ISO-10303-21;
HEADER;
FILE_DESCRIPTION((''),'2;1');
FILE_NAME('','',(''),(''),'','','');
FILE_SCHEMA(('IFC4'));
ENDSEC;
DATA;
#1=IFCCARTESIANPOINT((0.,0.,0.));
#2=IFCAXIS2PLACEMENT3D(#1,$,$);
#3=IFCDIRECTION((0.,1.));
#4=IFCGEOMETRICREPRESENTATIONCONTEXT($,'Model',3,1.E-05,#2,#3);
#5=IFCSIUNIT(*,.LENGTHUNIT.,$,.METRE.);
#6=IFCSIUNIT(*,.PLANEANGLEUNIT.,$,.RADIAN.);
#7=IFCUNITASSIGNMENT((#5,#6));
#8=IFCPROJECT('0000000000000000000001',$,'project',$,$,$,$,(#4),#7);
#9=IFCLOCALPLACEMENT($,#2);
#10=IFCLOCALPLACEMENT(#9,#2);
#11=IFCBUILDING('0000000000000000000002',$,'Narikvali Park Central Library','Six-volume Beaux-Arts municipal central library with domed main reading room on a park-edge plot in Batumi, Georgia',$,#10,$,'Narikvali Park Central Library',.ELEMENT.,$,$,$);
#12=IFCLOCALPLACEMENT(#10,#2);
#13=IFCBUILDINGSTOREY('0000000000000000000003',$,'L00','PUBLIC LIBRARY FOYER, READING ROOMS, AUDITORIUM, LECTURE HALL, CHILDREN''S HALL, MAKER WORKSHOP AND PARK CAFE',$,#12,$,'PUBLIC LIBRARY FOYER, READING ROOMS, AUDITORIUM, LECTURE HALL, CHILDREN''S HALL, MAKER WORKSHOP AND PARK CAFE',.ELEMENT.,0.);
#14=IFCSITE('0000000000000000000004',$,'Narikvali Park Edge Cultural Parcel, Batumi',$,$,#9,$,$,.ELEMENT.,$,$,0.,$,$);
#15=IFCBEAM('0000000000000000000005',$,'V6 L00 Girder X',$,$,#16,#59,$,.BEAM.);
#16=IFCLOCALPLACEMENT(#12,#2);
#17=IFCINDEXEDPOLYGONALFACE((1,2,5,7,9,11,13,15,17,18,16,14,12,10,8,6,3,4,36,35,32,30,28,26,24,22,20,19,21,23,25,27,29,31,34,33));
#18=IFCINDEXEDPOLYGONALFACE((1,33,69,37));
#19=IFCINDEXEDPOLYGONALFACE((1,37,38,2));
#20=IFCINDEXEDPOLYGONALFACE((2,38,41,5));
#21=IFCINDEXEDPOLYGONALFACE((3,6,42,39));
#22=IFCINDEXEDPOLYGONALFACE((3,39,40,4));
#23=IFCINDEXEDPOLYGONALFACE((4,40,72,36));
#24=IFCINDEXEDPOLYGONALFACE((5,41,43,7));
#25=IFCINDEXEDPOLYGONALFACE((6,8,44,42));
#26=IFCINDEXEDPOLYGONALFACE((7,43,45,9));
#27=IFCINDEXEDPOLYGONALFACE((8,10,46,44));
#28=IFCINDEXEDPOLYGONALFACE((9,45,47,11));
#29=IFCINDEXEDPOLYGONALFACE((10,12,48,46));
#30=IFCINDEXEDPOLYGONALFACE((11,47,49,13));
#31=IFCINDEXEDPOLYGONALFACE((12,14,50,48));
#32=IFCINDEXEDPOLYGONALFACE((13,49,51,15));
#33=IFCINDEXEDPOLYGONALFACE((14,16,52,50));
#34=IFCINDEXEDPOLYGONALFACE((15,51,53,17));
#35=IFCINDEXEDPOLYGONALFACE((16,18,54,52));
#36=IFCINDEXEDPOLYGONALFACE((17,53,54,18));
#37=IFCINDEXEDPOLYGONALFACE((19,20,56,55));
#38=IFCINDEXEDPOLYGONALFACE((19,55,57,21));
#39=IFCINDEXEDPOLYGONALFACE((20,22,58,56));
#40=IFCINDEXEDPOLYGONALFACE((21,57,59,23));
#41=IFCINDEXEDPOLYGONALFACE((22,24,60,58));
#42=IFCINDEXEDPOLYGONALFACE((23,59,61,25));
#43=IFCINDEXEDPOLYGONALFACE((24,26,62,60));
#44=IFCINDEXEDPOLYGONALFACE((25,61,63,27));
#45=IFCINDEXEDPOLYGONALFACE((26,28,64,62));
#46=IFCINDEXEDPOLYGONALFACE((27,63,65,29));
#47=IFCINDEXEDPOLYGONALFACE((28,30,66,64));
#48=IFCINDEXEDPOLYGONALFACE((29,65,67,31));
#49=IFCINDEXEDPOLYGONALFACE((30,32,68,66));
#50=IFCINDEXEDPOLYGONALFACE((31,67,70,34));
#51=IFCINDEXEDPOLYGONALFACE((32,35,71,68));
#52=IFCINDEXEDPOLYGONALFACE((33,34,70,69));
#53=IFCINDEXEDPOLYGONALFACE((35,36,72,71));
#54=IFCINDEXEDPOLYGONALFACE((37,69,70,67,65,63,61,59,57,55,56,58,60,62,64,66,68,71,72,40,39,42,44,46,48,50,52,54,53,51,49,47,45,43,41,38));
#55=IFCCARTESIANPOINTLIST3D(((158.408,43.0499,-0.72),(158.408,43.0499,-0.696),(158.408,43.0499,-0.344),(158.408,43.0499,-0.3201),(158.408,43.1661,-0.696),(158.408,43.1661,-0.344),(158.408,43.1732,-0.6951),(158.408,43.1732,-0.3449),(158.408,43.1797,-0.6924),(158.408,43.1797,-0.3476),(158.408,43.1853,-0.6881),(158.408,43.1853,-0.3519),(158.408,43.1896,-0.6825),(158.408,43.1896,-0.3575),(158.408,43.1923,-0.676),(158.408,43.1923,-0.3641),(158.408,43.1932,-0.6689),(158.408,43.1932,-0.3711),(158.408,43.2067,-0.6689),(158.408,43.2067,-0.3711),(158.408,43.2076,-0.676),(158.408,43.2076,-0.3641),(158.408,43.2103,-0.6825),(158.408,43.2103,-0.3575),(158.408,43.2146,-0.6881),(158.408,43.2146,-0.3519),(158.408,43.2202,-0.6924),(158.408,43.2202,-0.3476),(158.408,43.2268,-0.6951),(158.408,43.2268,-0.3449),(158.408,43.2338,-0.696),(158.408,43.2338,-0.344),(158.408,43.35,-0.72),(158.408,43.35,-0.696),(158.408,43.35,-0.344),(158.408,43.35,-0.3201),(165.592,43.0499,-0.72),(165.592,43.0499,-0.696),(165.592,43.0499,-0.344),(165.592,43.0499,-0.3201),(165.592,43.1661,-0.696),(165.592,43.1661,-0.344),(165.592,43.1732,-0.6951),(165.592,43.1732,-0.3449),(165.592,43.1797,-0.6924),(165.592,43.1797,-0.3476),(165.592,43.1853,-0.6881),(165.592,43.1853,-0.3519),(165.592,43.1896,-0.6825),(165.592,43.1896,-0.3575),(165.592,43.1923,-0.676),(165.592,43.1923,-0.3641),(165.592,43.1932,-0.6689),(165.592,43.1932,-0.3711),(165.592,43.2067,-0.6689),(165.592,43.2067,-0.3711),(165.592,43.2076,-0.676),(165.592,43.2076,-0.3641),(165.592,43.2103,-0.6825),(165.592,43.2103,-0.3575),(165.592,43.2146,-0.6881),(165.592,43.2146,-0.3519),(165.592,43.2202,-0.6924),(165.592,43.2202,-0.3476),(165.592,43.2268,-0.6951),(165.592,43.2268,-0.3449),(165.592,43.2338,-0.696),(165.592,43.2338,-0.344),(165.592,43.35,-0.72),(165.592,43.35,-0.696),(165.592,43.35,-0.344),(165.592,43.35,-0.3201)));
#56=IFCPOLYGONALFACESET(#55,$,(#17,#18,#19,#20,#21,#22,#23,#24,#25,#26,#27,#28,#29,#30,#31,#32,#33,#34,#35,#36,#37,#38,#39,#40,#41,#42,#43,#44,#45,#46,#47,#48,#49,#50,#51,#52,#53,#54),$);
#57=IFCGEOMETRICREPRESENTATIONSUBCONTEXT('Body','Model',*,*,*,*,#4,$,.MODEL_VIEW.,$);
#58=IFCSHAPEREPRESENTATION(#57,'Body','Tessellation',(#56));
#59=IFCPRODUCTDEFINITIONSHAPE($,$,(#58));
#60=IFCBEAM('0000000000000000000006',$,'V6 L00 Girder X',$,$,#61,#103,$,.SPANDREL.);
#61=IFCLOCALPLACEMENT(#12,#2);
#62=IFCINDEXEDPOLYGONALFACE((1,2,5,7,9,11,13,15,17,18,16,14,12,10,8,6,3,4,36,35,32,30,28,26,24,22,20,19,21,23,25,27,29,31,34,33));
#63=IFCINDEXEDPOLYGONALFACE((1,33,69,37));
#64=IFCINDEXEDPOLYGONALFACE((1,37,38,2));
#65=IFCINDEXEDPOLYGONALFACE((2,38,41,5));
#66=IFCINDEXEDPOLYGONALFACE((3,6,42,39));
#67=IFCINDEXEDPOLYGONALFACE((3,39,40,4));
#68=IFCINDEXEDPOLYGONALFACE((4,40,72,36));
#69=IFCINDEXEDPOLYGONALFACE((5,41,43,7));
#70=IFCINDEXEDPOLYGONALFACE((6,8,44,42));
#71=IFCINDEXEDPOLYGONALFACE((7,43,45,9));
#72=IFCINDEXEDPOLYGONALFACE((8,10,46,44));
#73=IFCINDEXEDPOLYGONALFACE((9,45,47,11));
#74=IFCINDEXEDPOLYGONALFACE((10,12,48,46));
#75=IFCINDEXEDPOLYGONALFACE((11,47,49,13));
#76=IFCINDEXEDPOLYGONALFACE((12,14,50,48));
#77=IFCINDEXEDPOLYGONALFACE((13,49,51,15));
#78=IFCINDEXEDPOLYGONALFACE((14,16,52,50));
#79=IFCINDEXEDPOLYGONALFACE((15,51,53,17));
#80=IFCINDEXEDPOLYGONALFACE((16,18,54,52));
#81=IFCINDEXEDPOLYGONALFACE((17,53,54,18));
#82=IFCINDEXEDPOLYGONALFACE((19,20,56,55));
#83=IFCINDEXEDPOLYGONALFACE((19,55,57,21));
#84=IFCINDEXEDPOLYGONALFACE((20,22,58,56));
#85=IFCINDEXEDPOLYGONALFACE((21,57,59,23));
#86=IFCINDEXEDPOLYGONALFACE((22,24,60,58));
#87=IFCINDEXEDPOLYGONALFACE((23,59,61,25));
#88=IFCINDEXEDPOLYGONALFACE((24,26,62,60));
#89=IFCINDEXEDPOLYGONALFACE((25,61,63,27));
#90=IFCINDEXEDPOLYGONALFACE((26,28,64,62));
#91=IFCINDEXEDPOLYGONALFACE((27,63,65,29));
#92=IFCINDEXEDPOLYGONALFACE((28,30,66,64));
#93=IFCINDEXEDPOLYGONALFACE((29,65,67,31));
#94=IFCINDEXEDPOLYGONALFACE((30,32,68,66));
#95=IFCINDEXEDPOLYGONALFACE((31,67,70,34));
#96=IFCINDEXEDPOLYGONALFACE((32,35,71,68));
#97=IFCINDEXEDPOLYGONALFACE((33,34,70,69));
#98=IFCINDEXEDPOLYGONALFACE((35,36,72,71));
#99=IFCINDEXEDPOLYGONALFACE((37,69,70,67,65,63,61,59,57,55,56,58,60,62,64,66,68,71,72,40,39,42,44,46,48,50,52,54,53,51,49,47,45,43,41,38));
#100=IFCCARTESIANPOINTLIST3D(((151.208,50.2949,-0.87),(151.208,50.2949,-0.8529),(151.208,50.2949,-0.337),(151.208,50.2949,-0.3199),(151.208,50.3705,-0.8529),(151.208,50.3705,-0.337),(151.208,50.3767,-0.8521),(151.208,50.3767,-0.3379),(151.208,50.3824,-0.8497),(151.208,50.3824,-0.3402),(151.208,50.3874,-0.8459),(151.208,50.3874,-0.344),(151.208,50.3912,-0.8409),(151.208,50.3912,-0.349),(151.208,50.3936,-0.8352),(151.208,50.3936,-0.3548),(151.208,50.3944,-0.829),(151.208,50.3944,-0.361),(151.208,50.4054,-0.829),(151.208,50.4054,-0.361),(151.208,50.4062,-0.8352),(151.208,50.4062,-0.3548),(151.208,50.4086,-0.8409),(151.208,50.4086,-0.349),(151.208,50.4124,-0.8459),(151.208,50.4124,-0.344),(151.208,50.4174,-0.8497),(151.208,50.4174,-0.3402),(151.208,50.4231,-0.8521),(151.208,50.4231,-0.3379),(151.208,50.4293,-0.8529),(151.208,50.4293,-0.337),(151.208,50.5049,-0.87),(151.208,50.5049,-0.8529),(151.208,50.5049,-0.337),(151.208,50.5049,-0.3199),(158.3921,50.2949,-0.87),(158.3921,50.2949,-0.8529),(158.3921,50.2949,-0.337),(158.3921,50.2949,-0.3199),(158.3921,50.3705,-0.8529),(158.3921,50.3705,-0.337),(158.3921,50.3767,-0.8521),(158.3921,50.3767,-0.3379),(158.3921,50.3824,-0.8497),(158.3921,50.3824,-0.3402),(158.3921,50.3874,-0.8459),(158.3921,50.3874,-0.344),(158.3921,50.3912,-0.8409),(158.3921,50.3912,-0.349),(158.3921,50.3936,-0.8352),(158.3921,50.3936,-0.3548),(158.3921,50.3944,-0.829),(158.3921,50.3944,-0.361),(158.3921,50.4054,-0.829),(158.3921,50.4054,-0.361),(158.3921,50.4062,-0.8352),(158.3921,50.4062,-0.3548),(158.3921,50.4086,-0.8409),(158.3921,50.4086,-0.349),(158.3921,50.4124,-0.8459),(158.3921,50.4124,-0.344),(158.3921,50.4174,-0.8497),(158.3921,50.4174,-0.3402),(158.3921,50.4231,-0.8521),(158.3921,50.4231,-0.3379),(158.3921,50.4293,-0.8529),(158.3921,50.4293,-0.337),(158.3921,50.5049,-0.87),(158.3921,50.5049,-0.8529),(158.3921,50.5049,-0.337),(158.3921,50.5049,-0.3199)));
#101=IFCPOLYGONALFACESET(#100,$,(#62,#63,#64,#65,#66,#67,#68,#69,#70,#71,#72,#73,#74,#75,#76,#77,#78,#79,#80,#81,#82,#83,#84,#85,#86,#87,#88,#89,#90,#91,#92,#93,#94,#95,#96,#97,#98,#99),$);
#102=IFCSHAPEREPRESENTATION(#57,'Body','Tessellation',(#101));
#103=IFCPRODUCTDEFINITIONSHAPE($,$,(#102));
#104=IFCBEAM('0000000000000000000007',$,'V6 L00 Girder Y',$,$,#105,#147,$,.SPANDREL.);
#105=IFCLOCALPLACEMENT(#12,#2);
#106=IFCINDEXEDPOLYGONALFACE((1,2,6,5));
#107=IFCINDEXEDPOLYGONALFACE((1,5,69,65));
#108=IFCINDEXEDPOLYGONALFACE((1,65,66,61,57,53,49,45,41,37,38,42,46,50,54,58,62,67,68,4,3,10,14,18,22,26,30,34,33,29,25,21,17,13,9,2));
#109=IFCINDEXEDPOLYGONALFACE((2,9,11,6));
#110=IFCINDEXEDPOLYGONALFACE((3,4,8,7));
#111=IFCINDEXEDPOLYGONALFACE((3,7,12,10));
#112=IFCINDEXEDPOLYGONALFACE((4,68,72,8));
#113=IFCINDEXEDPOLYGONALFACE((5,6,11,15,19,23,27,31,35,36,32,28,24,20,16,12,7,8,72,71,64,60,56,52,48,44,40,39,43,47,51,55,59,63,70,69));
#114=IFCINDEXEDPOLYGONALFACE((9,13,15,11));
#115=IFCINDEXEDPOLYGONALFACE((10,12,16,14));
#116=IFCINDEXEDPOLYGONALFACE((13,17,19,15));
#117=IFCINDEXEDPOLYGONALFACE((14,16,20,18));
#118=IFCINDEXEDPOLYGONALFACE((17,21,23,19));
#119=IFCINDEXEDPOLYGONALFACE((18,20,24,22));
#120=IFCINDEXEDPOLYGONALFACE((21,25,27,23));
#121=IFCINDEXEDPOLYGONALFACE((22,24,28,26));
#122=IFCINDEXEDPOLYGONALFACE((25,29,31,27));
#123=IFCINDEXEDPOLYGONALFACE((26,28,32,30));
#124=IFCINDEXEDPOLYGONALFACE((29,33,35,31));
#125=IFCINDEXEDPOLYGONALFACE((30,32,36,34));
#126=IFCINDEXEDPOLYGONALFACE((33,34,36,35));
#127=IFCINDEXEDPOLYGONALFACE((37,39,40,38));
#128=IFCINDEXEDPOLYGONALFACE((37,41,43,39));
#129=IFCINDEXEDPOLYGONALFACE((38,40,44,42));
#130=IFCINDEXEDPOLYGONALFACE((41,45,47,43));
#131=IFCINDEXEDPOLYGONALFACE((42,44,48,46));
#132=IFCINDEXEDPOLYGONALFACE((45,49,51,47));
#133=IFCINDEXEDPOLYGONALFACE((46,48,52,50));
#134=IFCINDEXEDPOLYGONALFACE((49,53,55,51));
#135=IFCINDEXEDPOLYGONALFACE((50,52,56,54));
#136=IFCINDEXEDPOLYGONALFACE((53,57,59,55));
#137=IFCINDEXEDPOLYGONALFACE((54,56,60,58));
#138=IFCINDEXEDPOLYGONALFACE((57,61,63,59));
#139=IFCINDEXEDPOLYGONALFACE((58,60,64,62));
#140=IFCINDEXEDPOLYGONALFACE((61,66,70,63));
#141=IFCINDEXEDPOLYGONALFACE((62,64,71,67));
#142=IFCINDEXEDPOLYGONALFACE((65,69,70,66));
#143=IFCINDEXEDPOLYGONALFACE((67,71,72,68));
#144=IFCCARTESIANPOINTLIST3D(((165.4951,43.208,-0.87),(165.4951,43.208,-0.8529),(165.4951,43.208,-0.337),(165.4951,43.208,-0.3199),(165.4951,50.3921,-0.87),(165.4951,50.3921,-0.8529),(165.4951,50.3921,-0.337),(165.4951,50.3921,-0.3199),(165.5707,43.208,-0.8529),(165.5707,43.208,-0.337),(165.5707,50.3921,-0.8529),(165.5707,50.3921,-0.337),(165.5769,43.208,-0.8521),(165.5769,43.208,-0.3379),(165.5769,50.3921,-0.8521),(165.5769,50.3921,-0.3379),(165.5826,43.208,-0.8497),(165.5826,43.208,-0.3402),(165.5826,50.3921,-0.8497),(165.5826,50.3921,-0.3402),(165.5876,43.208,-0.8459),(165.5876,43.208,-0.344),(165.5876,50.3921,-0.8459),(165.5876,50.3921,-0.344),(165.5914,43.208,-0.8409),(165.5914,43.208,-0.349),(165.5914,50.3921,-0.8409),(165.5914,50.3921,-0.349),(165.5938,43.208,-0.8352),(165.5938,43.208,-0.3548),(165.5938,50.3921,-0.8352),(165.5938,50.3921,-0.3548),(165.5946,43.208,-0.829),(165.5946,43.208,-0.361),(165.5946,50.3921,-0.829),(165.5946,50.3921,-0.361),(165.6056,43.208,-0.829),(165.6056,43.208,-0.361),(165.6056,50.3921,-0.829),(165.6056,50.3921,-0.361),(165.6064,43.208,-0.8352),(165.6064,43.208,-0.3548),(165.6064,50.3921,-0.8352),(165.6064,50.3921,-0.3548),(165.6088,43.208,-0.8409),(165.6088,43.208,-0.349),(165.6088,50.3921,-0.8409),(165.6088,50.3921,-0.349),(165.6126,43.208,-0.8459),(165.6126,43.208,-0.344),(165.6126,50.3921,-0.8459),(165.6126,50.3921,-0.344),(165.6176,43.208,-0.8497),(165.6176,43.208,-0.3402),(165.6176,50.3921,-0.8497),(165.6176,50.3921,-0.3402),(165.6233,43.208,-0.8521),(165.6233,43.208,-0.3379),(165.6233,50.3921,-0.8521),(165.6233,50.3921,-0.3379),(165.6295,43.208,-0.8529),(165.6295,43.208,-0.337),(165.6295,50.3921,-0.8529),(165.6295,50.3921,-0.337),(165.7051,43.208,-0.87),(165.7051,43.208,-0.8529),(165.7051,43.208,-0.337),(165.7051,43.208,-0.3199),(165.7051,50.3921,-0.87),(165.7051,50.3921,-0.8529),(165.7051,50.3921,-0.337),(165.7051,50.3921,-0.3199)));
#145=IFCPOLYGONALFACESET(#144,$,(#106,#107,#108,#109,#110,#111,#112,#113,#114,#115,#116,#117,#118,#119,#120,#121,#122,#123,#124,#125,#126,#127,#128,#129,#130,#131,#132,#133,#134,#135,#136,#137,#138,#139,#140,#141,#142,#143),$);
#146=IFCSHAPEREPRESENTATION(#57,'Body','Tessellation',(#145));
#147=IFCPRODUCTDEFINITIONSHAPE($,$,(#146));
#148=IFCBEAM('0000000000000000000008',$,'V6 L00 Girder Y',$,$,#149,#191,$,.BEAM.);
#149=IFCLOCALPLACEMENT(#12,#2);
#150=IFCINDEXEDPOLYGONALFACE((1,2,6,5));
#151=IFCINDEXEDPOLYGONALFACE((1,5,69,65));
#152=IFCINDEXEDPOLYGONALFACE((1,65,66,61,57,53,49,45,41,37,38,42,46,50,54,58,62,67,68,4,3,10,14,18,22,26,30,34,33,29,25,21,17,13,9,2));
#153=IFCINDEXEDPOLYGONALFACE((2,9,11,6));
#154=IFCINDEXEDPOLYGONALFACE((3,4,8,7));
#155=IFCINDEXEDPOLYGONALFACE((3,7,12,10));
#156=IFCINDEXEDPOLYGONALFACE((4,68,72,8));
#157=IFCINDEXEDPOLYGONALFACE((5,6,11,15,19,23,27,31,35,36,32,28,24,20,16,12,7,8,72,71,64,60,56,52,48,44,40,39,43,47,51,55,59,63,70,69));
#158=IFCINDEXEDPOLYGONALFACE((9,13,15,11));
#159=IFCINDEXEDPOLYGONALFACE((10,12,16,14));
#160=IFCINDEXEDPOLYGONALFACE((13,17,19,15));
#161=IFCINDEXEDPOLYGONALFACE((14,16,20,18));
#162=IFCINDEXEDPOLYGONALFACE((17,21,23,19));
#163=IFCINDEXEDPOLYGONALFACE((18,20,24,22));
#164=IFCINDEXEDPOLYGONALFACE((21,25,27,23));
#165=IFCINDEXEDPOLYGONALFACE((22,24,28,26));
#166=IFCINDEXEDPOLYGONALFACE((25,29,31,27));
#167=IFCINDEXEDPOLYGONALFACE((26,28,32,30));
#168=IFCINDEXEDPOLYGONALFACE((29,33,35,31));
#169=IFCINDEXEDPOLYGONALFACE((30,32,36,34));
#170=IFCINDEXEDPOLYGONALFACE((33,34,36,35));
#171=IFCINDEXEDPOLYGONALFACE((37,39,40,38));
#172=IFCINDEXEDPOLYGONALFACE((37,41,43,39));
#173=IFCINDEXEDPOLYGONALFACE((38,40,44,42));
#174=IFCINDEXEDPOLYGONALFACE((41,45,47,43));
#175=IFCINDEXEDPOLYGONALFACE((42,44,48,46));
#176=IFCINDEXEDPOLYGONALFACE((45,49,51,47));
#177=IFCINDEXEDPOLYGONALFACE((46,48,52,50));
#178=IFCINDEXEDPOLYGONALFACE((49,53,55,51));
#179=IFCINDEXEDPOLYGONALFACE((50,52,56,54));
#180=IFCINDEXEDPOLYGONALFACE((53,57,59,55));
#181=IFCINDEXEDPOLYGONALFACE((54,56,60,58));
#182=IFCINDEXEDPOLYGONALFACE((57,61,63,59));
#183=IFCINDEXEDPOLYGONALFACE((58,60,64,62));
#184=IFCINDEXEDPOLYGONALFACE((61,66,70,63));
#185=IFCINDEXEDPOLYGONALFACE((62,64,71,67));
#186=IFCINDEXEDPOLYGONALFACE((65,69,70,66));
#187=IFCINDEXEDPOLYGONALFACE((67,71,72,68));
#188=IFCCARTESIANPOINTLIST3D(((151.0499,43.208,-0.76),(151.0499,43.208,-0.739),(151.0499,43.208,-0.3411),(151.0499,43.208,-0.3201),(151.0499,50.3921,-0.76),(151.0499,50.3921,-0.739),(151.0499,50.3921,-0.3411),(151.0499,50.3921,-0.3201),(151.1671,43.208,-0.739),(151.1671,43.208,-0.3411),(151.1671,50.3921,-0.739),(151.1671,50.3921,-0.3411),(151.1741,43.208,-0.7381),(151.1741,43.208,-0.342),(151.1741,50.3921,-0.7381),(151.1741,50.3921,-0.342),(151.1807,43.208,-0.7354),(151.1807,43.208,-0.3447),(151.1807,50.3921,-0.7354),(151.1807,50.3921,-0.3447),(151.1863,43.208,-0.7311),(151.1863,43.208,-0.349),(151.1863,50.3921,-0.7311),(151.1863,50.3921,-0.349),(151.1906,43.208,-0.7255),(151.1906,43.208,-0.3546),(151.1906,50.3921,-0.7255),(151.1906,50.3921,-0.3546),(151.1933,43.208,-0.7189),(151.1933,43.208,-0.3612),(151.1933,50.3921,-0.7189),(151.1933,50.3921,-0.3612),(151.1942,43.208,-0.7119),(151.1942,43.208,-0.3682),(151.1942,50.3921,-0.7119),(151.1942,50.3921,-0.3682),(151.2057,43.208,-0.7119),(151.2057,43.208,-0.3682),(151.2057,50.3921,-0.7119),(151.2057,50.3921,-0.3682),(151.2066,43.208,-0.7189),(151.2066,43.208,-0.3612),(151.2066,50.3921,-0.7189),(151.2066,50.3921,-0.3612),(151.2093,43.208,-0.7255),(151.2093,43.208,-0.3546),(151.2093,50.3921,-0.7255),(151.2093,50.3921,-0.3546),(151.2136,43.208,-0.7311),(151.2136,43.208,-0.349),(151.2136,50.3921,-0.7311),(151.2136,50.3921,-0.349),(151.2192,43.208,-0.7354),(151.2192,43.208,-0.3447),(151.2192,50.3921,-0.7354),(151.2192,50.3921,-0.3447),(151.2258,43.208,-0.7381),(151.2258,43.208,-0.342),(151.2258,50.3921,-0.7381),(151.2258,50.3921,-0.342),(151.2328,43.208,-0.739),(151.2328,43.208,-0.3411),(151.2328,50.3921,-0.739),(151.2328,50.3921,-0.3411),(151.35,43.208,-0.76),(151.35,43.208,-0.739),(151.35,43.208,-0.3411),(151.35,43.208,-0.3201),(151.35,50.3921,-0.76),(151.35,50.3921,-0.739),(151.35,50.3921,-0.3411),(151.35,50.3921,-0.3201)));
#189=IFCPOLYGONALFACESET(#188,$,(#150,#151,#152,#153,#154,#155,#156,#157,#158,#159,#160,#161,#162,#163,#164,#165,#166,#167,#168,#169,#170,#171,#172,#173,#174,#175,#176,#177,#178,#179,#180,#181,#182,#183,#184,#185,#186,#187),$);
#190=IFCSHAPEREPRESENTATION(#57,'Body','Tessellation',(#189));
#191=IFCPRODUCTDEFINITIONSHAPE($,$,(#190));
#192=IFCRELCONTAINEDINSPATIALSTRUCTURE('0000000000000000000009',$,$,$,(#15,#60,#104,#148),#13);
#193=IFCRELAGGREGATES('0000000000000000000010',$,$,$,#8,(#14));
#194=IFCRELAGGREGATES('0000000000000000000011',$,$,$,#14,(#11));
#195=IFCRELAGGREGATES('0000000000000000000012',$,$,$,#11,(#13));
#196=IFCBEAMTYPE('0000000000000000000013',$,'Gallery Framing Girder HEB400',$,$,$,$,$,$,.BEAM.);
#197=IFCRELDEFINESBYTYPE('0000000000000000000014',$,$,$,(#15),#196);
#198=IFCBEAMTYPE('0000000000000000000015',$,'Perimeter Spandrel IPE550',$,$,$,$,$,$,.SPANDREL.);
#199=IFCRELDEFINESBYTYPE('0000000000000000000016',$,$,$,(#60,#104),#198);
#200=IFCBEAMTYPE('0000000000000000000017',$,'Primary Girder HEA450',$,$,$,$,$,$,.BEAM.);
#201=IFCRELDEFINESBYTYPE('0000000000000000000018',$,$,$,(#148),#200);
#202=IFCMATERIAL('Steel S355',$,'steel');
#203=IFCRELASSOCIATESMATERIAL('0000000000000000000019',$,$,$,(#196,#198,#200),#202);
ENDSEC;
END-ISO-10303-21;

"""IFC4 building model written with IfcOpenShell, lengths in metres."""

from ifc_helpers import new_model, si_unit, direction, frame, origin, origin_2d, place, context, subcontext, project, spatial, i_section, extrude, material, material_profile, profile_set, type_object, element, save


model = new_model("IFC4")

# Units and contexts
model_context = context("Model", 3, precision=1e-05, world=origin(), true_north=direction((0.0, 1.0)))
body_context = subcontext(model_context, "Body", "Model", "MODEL_VIEW")
ifc_project = project(units=[si_unit("LENGTHUNIT", "METRE"), si_unit("PLANEANGLEUNIT", "RADIAN")], contexts=[model_context])

# Site, building, storey
site_placement = place(None, origin())
site = spatial("IfcSite", under=ifc_project, at=site_placement, Name="Narikvali Park Edge Cultural Parcel, Batumi", CompositionType="ELEMENT", RefElevation=0.0)
building_placement = place(site_placement, origin())
building = spatial("IfcBuilding", under=site, at=building_placement, Name="Narikvali Park Central Library", Description="Six-volume Beaux-Arts municipal central library with domed main reading room on a park-edge plot in Batumi, Georgia", LongName="Narikvali Park Central Library", CompositionType="ELEMENT")
storey_placement = place(building_placement, origin())
storey = spatial("IfcBuildingStorey", under=building, at=storey_placement, Name="L00", Description="PUBLIC LIBRARY FOYER, READING ROOMS, AUDITORIUM, LECTURE HALL, CHILDREN'S HALL, MAKER WORKSHOP AND PARK CAFE", LongName="PUBLIC LIBRARY FOYER, READING ROOMS, AUDITORIUM, LECTURE HALL, CHILDREN'S HALL, MAKER WORKSHOP AND PARK CAFE", CompositionType="ELEMENT", Elevation=0.0)

# Shared definitions
ifc_material_1 = material(Name="Steel S355", Category="steel")

# Beams
ifc_material_profile_1 = material_profile(ifc_material_1, i_section(OverallWidth=0.3, OverallDepth=0.3999, WebThickness=0.0134, FlangeThickness=0.0239, FilletRadius=0.0271, at=origin_2d()), Name="HEB 400")
ifc_profile_set_1 = profile_set([ifc_material_profile_1], Name="Steel S355")
beam_type_1 = type_object("IfcBeamType", Name="Gallery Framing Girder HEB400", PredefinedType="BEAM", material=ifc_profile_set_1)
for number, where, z_axis, x_axis, name in (
    (1, (158.408, 43.2, -0.52), (1.0, 0.0, 0.0), (0.0, 1.0, 0.0), "V6 L00 Girder X"),
):
    element("IfcBeam", number, at=place(storey_placement, frame(where, z_axis=z_axis, x_axis=x_axis)), inside=storey, type_object=beam_type_1, Name=name, PredefinedType="BEAM", context=body_context, shape_type="SweptSolid", body=[
        extrude(i_section(OverallWidth=0.3, OverallDepth=0.3999, WebThickness=0.0134, FlangeThickness=0.0239, FilletRadius=0.0271, at=origin_2d()), origin(), (0.0, 0.0, 1.0), 7.1841),
    ])
ifc_material_profile_2 = material_profile(ifc_material_1, i_section(OverallWidth=0.21, OverallDepth=0.55, WebThickness=0.011, FlangeThickness=0.0171, FilletRadius=0.0239, at=origin_2d()), Name="IPE 550")
ifc_profile_set_2 = profile_set([ifc_material_profile_2], Name="Steel S355")
beam_type_2 = type_object("IfcBeamType", Name="Perimeter Spandrel IPE550", PredefinedType="SPANDREL", material=ifc_profile_set_2)
for number, where, z_axis, x_axis, name in (
    (2, (151.208, 50.3999, -0.595), (1.0, 0.0, 0.0), (0.0, 1.0, 0.0), "V6 L00 Girder X"),
    (3, (165.6001, 43.208, -0.595), (0.0, 1.0, 0.0), (-1.0, 0.0, 0.0), "V6 L00 Girder Y"),
):
    element("IfcBeam", number, at=place(storey_placement, frame(where, z_axis=z_axis, x_axis=x_axis)), inside=storey, type_object=beam_type_2, Name=name, PredefinedType="SPANDREL", context=body_context, shape_type="SweptSolid", body=[
        extrude(i_section(OverallWidth=0.21, OverallDepth=0.55, WebThickness=0.011, FlangeThickness=0.0171, FilletRadius=0.0239, at=origin_2d()), origin(), (0.0, 0.0, 1.0), 7.1841),
    ])
ifc_material_profile_3 = material_profile(ifc_material_1, i_section(OverallWidth=0.3, OverallDepth=0.4399, WebThickness=0.0115, FlangeThickness=0.021, FilletRadius=0.0271, at=origin_2d()), Name="HEA 450")
ifc_profile_set_3 = profile_set([ifc_material_profile_3], Name="Steel S355")
beam_type_3 = type_object("IfcBeamType", Name="Primary Girder HEA450", PredefinedType="BEAM", material=ifc_profile_set_3)
for number, where, z_axis, x_axis, name in (
    (4, (151.2, 43.208, -0.54), (0.0, 1.0, 0.0), (-1.0, 0.0, 0.0), "V6 L00 Girder Y"),
):
    element("IfcBeam", number, at=place(storey_placement, frame(where, z_axis=z_axis, x_axis=x_axis)), inside=storey, type_object=beam_type_3, Name=name, PredefinedType="BEAM", context=body_context, shape_type="SweptSolid", body=[
        extrude(i_section(OverallWidth=0.3, OverallDepth=0.4399, WebThickness=0.0115, FlangeThickness=0.021, FilletRadius=0.0271, at=origin_2d()), origin(), (0.0, 0.0, 1.0), 7.1841),
    ])

save(model, "model.ifc")
